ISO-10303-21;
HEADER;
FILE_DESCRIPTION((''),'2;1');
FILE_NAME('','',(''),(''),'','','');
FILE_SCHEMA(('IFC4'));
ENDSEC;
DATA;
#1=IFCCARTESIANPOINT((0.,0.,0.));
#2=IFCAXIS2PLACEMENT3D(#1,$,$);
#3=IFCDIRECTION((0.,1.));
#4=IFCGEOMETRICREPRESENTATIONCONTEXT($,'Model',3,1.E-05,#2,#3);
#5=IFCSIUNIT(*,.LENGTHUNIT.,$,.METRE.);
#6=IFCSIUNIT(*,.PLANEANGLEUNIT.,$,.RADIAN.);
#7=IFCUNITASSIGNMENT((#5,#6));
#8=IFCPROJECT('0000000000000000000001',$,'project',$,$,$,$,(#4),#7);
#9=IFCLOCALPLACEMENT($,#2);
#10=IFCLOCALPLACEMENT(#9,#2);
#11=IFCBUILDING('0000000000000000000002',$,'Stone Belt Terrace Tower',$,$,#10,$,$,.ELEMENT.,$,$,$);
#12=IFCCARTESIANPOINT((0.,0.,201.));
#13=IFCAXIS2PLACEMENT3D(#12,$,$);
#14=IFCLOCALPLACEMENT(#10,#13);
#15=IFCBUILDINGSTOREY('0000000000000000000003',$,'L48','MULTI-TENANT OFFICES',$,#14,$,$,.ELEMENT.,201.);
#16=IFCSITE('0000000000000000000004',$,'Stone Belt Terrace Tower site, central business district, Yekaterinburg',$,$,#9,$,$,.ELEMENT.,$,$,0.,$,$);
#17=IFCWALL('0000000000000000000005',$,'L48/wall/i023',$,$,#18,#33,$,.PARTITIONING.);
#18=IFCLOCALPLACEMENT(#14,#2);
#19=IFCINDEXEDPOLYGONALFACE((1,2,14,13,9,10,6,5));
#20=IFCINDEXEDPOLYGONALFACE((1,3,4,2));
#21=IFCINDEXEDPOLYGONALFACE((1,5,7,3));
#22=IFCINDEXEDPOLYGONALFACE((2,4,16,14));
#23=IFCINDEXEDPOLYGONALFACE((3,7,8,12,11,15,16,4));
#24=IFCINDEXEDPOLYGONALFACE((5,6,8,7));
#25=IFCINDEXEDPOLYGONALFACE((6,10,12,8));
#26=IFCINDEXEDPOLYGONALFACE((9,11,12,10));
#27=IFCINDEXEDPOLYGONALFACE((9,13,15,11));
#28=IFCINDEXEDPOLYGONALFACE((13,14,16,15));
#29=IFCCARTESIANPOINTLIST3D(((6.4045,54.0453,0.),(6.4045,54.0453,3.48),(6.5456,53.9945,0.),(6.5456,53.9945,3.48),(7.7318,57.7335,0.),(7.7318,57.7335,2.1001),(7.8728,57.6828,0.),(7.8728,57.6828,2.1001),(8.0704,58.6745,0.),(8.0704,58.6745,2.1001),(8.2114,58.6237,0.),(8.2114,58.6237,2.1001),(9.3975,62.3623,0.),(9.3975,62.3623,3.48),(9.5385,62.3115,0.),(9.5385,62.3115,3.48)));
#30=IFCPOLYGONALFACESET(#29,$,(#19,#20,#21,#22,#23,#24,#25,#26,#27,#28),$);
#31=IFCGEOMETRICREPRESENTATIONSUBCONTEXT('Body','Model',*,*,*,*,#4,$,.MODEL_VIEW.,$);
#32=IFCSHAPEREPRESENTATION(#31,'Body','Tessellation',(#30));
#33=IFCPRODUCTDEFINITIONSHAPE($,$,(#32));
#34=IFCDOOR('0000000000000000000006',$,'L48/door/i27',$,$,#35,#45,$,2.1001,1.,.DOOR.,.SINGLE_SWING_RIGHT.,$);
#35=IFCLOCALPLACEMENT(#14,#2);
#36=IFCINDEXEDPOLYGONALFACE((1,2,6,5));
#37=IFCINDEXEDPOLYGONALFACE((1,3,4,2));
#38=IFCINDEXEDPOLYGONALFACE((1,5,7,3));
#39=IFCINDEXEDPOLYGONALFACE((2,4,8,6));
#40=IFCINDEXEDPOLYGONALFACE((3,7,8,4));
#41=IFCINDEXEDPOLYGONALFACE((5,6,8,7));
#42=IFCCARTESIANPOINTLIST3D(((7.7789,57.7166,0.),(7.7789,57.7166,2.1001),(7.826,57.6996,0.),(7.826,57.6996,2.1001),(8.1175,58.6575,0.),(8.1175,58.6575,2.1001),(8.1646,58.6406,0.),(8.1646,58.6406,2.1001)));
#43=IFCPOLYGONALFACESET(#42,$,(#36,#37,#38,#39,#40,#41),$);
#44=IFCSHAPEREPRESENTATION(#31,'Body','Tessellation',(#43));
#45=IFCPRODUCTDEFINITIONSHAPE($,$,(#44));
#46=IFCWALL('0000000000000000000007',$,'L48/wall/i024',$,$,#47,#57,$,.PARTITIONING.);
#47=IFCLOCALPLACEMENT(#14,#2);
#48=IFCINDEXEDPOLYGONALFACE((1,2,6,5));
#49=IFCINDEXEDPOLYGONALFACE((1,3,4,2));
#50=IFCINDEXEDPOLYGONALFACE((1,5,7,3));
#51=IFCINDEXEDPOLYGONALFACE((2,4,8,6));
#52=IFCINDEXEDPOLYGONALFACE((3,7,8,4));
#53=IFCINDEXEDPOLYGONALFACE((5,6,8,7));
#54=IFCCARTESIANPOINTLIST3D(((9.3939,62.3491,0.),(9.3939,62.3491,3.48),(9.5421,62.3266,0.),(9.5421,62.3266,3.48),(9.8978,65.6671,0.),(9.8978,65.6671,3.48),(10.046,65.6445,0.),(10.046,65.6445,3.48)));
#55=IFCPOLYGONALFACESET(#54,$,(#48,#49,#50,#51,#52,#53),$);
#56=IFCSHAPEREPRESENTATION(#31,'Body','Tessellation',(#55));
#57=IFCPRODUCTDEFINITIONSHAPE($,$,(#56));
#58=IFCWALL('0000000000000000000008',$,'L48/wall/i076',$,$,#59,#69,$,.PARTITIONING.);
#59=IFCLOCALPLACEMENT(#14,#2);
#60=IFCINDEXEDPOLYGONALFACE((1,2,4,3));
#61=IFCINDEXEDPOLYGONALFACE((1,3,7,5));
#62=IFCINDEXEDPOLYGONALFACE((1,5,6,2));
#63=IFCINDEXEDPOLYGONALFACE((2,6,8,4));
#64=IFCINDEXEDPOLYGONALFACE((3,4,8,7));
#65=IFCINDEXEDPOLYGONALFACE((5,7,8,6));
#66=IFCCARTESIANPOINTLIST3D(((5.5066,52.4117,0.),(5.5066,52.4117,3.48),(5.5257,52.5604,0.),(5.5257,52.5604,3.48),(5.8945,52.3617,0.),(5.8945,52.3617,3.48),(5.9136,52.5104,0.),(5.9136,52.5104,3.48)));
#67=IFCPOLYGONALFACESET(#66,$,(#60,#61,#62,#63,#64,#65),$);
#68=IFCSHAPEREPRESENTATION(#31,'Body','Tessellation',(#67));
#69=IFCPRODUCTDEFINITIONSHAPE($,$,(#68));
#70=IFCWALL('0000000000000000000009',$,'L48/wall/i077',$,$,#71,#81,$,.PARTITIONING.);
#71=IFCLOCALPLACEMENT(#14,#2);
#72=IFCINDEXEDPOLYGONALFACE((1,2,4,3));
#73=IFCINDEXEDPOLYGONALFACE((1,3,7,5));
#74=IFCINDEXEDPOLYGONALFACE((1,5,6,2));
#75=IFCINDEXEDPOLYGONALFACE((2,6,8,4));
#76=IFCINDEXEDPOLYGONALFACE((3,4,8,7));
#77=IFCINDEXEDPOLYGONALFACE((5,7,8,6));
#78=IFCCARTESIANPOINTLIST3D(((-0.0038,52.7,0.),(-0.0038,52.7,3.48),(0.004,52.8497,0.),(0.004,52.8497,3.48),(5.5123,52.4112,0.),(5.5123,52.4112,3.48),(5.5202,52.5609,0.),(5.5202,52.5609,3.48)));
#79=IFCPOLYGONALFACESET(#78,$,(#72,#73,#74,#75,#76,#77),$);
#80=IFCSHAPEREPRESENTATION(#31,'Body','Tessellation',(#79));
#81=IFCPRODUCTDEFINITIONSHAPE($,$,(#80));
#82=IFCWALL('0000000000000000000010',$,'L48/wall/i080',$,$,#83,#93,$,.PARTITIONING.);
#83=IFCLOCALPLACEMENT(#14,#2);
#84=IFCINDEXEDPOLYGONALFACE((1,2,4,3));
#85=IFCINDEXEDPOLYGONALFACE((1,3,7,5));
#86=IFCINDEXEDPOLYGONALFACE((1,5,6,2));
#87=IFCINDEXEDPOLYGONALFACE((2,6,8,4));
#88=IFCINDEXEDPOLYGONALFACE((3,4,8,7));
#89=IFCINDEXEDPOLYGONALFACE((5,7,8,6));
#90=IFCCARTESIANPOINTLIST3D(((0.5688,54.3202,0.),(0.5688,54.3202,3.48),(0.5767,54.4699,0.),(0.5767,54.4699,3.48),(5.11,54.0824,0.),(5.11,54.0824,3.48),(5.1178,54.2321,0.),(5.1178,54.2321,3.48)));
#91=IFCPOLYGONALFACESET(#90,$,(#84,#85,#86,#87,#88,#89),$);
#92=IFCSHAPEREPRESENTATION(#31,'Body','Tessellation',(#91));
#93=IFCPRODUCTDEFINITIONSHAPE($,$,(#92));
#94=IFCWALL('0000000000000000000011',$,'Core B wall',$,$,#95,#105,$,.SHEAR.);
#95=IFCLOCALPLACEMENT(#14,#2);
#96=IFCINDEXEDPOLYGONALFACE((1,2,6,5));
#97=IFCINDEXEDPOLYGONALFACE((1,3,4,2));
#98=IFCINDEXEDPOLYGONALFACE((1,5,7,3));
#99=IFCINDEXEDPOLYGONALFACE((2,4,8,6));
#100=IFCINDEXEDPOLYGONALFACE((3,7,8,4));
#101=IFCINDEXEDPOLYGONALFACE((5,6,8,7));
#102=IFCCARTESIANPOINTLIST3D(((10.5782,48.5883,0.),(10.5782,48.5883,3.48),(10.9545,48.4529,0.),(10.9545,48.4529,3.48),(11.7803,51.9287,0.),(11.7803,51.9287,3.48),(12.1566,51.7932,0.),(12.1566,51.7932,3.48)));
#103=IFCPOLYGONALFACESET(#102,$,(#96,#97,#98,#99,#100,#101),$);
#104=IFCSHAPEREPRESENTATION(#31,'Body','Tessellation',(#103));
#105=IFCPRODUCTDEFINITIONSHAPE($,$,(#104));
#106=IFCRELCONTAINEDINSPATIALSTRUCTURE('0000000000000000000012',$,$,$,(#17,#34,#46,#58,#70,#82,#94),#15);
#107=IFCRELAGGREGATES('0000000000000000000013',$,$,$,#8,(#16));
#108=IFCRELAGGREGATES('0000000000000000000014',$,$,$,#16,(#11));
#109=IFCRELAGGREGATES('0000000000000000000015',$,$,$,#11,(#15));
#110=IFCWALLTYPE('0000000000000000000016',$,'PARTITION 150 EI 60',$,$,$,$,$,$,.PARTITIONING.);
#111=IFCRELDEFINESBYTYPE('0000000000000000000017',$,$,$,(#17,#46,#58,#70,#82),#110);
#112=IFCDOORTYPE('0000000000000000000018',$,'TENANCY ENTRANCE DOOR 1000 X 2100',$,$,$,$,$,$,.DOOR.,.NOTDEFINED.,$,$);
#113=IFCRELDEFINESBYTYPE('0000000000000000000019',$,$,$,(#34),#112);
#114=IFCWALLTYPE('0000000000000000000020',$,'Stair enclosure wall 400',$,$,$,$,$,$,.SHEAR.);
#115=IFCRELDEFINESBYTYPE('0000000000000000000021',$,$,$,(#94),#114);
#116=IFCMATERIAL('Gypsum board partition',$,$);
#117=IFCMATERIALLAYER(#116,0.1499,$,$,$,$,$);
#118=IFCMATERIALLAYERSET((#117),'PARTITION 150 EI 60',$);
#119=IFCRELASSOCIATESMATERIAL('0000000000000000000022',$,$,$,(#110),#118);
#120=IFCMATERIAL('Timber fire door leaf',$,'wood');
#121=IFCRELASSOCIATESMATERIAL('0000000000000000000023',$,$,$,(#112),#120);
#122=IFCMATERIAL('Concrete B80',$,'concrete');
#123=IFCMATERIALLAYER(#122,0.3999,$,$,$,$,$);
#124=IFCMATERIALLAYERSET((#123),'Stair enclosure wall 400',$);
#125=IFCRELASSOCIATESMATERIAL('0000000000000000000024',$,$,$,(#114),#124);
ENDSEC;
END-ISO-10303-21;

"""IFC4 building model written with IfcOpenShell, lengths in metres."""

from ifc_helpers import new_model, si_unit, direction, frame, frame_2d, origin, place, context, subcontext, project, spatial, rectangle, extrude, material, layer, layer_set, type_object, element, fill, save


model = new_model("IFC4")

# Units and contexts
model_context = context("Model", 3, precision=1e-05, world=origin(), true_north=direction((0.0, 1.0)))
body_context = subcontext(model_context, "Body", "Model", "MODEL_VIEW")
ifc_project = project(units=[si_unit("LENGTHUNIT", "METRE"), si_unit("PLANEANGLEUNIT", "RADIAN")], contexts=[model_context])

# Site, building, storey
site_placement = place(None, origin())
site = spatial("IfcSite", under=ifc_project, at=site_placement, Name="Stone Belt Terrace Tower site, central business district, Yekaterinburg", CompositionType="ELEMENT", RefElevation=0.0)
building_placement = place(site_placement, origin())
building = spatial("IfcBuilding", under=site, at=building_placement, Name="Stone Belt Terrace Tower", CompositionType="ELEMENT")
storey_placement = place(building_placement, frame((0.0, 0.0, 201.0)))
storey = spatial("IfcBuildingStorey", under=building, at=storey_placement, Name="L48", Description="MULTI-TENANT OFFICES", CompositionType="ELEMENT", Elevation=201.0)

# Shared definitions
ifc_material_1 = material(Name="Concrete B80", Category="concrete")

# Wall, opening, door
ifc_material_2 = material(Name="Gypsum board partition")
ifc_layer_1 = layer(ifc_material_2, 0.1499)
ifc_layer_set_1 = layer_set([ifc_layer_1], Name="PARTITION 150 EI 60")
wall_type_1 = type_object("IfcWallType", Name="PARTITION 150 EI 60", PredefinedType="PARTITIONING", material=ifc_layer_set_1)
wall_1_placement = place(storey_placement, frame((6.4751, 54.02, 0.0), z_axis=(0.0, 0.0, 1.0), x_axis=(0.338603, 0.940929, 0.0)))
wall_1 = element("IfcWall", 1, at=wall_1_placement, inside=storey, type_object=wall_type_1, Name="L48/wall/i023", PredefinedType="PARTITIONING", context=body_context, shape_type="SweptSolid", body=[
    extrude(rectangle(XDim=8.8391, YDim=0.1499, at=frame_2d((4.4194, 0.0))), origin(), (0.0, 0.0, 1.0), 3.48),
])
opening_1_placement = place(wall_1_placement, frame((3.9197, 0.0, 0.0)))
opening_1 = element("IfcOpeningElement", 2, at=opening_1_placement, cuts=wall_1, PredefinedType="OPENING", context=body_context, shape_type="SweptSolid", body=[
    extrude(rectangle(XDim=1.0, YDim=2.1001, at=frame_2d((0.5, 1.05))), frame((0.0, 0.085, 0.0), z_axis=(0.0, -1.0, 0.0), x_axis=(1.0, 0.0, 0.0)), (0.0, 0.0, 1.0), 0.1699),
])
ifc_material_3 = material(Name="Timber fire door leaf", Category="wood")
door_type_1 = type_object("IfcDoorType", Name="TENANCY ENTRANCE DOOR 1000 X 2100", OperationType="NOTDEFINED", PredefinedType="DOOR", material=ifc_material_3)
door_1_placement = place(opening_1_placement, origin())
door_1 = element("IfcDoor", 3, at=door_1_placement, inside=storey, type_object=door_type_1, Name="L48/door/i27", OperationType="SINGLE_SWING_RIGHT", OverallHeight=2.1001, OverallWidth=1.0, PredefinedType="DOOR", context=body_context, shape_type="SweptSolid", body=[
    extrude(rectangle(XDim=1.0, YDim=2.1001, at=frame_2d((0.5, 1.05))), frame((0.0, 0.0249, 0.0), z_axis=(0.0, -1.0, 0.0), x_axis=(1.0, 0.0, 0.0)), (0.0, 0.0, 1.0), 0.05),
])
fill(opening_1, door_1)

# Walls
wall_2_placement = place(storey_placement, frame((9.468, 62.3379, 0.0), z_axis=(0.0, 0.0, 1.0), x_axis=(0.150154, 0.988663, 0.0)))
element("IfcWall", 4, at=wall_2_placement, inside=storey, type_object=wall_type_1, Name="L48/wall/i024", PredefinedType="PARTITIONING", context=body_context, shape_type="SweptSolid", body=[
    extrude(rectangle(XDim=3.356, YDim=0.1499, at=frame_2d((1.678, 0.0))), origin(), (0.0, 0.0, 1.0), 3.48),
])
wall_3_placement = place(storey_placement, frame((5.9041, 52.436, 0.0), z_axis=(0.0, 0.0, 1.0), x_axis=(-0.99178, 0.127952, 0.0)))
element("IfcWall", 5, at=wall_3_placement, inside=storey, type_object=wall_type_1, Name="L48/wall/i076", PredefinedType="PARTITIONING", context=body_context, shape_type="SweptSolid", body=[
    extrude(rectangle(XDim=0.3911, YDim=0.1499, at=frame_2d((0.1956, 0.0))), origin(), (0.0, 0.0, 1.0), 3.48),
])
wall_4_placement = place(storey_placement, frame((5.5161, 52.4861, 0.0), z_axis=(0.0, 0.0, 1.0), x_axis=(-0.998632, 0.052287, 0.0)))
element("IfcWall", 6, at=wall_4_placement, inside=storey, type_object=wall_type_1, Name="L48/wall/i077", PredefinedType="PARTITIONING", context=body_context, shape_type="SweptSolid", body=[
    extrude(rectangle(XDim=5.5237, YDim=0.1499, at=frame_2d((2.7617, 0.0))), origin(), (0.0, 0.0, 1.0), 3.48),
])
wall_5_placement = place(storey_placement, frame((0.5728, 54.395, 0.0), z_axis=(0.0, 0.0, 1.0), x_axis=(0.998632, -0.052291, 0.0)))
element("IfcWall", 7, at=wall_5_placement, inside=storey, type_object=wall_type_1, Name="L48/wall/i080", PredefinedType="PARTITIONING", context=body_context, shape_type="SweptSolid", body=[
    extrude(rectangle(XDim=4.5474, YDim=0.1499, at=frame_2d((2.2737, 0.0))), origin(), (0.0, 0.0, 1.0), 3.48),
])
ifc_layer_2 = layer(ifc_material_1, 0.3999)
ifc_layer_set_2 = layer_set([ifc_layer_2], Name="Stair enclosure wall 400")
wall_type_2 = type_object("IfcWallType", Name="Stair enclosure wall 400", PredefinedType="SHEAR", material=ifc_layer_set_2)
wall_6_placement = place(storey_placement, frame((10.7664, 48.5208, 0.0), z_axis=(0.0, 0.0, 1.0), x_axis=(0.338627, 0.940921, 0.0)))
element("IfcWall", 8, at=wall_6_placement, inside=storey, type_object=wall_type_2, Name="Core B wall", PredefinedType="SHEAR", context=body_context, shape_type="SweptSolid", body=[
    extrude(rectangle(XDim=3.55, YDim=0.3999, at=frame_2d((1.7749, 0.0))), origin(), (0.0, 0.0, 1.0), 3.48),
])

save(model, "model.ifc")
